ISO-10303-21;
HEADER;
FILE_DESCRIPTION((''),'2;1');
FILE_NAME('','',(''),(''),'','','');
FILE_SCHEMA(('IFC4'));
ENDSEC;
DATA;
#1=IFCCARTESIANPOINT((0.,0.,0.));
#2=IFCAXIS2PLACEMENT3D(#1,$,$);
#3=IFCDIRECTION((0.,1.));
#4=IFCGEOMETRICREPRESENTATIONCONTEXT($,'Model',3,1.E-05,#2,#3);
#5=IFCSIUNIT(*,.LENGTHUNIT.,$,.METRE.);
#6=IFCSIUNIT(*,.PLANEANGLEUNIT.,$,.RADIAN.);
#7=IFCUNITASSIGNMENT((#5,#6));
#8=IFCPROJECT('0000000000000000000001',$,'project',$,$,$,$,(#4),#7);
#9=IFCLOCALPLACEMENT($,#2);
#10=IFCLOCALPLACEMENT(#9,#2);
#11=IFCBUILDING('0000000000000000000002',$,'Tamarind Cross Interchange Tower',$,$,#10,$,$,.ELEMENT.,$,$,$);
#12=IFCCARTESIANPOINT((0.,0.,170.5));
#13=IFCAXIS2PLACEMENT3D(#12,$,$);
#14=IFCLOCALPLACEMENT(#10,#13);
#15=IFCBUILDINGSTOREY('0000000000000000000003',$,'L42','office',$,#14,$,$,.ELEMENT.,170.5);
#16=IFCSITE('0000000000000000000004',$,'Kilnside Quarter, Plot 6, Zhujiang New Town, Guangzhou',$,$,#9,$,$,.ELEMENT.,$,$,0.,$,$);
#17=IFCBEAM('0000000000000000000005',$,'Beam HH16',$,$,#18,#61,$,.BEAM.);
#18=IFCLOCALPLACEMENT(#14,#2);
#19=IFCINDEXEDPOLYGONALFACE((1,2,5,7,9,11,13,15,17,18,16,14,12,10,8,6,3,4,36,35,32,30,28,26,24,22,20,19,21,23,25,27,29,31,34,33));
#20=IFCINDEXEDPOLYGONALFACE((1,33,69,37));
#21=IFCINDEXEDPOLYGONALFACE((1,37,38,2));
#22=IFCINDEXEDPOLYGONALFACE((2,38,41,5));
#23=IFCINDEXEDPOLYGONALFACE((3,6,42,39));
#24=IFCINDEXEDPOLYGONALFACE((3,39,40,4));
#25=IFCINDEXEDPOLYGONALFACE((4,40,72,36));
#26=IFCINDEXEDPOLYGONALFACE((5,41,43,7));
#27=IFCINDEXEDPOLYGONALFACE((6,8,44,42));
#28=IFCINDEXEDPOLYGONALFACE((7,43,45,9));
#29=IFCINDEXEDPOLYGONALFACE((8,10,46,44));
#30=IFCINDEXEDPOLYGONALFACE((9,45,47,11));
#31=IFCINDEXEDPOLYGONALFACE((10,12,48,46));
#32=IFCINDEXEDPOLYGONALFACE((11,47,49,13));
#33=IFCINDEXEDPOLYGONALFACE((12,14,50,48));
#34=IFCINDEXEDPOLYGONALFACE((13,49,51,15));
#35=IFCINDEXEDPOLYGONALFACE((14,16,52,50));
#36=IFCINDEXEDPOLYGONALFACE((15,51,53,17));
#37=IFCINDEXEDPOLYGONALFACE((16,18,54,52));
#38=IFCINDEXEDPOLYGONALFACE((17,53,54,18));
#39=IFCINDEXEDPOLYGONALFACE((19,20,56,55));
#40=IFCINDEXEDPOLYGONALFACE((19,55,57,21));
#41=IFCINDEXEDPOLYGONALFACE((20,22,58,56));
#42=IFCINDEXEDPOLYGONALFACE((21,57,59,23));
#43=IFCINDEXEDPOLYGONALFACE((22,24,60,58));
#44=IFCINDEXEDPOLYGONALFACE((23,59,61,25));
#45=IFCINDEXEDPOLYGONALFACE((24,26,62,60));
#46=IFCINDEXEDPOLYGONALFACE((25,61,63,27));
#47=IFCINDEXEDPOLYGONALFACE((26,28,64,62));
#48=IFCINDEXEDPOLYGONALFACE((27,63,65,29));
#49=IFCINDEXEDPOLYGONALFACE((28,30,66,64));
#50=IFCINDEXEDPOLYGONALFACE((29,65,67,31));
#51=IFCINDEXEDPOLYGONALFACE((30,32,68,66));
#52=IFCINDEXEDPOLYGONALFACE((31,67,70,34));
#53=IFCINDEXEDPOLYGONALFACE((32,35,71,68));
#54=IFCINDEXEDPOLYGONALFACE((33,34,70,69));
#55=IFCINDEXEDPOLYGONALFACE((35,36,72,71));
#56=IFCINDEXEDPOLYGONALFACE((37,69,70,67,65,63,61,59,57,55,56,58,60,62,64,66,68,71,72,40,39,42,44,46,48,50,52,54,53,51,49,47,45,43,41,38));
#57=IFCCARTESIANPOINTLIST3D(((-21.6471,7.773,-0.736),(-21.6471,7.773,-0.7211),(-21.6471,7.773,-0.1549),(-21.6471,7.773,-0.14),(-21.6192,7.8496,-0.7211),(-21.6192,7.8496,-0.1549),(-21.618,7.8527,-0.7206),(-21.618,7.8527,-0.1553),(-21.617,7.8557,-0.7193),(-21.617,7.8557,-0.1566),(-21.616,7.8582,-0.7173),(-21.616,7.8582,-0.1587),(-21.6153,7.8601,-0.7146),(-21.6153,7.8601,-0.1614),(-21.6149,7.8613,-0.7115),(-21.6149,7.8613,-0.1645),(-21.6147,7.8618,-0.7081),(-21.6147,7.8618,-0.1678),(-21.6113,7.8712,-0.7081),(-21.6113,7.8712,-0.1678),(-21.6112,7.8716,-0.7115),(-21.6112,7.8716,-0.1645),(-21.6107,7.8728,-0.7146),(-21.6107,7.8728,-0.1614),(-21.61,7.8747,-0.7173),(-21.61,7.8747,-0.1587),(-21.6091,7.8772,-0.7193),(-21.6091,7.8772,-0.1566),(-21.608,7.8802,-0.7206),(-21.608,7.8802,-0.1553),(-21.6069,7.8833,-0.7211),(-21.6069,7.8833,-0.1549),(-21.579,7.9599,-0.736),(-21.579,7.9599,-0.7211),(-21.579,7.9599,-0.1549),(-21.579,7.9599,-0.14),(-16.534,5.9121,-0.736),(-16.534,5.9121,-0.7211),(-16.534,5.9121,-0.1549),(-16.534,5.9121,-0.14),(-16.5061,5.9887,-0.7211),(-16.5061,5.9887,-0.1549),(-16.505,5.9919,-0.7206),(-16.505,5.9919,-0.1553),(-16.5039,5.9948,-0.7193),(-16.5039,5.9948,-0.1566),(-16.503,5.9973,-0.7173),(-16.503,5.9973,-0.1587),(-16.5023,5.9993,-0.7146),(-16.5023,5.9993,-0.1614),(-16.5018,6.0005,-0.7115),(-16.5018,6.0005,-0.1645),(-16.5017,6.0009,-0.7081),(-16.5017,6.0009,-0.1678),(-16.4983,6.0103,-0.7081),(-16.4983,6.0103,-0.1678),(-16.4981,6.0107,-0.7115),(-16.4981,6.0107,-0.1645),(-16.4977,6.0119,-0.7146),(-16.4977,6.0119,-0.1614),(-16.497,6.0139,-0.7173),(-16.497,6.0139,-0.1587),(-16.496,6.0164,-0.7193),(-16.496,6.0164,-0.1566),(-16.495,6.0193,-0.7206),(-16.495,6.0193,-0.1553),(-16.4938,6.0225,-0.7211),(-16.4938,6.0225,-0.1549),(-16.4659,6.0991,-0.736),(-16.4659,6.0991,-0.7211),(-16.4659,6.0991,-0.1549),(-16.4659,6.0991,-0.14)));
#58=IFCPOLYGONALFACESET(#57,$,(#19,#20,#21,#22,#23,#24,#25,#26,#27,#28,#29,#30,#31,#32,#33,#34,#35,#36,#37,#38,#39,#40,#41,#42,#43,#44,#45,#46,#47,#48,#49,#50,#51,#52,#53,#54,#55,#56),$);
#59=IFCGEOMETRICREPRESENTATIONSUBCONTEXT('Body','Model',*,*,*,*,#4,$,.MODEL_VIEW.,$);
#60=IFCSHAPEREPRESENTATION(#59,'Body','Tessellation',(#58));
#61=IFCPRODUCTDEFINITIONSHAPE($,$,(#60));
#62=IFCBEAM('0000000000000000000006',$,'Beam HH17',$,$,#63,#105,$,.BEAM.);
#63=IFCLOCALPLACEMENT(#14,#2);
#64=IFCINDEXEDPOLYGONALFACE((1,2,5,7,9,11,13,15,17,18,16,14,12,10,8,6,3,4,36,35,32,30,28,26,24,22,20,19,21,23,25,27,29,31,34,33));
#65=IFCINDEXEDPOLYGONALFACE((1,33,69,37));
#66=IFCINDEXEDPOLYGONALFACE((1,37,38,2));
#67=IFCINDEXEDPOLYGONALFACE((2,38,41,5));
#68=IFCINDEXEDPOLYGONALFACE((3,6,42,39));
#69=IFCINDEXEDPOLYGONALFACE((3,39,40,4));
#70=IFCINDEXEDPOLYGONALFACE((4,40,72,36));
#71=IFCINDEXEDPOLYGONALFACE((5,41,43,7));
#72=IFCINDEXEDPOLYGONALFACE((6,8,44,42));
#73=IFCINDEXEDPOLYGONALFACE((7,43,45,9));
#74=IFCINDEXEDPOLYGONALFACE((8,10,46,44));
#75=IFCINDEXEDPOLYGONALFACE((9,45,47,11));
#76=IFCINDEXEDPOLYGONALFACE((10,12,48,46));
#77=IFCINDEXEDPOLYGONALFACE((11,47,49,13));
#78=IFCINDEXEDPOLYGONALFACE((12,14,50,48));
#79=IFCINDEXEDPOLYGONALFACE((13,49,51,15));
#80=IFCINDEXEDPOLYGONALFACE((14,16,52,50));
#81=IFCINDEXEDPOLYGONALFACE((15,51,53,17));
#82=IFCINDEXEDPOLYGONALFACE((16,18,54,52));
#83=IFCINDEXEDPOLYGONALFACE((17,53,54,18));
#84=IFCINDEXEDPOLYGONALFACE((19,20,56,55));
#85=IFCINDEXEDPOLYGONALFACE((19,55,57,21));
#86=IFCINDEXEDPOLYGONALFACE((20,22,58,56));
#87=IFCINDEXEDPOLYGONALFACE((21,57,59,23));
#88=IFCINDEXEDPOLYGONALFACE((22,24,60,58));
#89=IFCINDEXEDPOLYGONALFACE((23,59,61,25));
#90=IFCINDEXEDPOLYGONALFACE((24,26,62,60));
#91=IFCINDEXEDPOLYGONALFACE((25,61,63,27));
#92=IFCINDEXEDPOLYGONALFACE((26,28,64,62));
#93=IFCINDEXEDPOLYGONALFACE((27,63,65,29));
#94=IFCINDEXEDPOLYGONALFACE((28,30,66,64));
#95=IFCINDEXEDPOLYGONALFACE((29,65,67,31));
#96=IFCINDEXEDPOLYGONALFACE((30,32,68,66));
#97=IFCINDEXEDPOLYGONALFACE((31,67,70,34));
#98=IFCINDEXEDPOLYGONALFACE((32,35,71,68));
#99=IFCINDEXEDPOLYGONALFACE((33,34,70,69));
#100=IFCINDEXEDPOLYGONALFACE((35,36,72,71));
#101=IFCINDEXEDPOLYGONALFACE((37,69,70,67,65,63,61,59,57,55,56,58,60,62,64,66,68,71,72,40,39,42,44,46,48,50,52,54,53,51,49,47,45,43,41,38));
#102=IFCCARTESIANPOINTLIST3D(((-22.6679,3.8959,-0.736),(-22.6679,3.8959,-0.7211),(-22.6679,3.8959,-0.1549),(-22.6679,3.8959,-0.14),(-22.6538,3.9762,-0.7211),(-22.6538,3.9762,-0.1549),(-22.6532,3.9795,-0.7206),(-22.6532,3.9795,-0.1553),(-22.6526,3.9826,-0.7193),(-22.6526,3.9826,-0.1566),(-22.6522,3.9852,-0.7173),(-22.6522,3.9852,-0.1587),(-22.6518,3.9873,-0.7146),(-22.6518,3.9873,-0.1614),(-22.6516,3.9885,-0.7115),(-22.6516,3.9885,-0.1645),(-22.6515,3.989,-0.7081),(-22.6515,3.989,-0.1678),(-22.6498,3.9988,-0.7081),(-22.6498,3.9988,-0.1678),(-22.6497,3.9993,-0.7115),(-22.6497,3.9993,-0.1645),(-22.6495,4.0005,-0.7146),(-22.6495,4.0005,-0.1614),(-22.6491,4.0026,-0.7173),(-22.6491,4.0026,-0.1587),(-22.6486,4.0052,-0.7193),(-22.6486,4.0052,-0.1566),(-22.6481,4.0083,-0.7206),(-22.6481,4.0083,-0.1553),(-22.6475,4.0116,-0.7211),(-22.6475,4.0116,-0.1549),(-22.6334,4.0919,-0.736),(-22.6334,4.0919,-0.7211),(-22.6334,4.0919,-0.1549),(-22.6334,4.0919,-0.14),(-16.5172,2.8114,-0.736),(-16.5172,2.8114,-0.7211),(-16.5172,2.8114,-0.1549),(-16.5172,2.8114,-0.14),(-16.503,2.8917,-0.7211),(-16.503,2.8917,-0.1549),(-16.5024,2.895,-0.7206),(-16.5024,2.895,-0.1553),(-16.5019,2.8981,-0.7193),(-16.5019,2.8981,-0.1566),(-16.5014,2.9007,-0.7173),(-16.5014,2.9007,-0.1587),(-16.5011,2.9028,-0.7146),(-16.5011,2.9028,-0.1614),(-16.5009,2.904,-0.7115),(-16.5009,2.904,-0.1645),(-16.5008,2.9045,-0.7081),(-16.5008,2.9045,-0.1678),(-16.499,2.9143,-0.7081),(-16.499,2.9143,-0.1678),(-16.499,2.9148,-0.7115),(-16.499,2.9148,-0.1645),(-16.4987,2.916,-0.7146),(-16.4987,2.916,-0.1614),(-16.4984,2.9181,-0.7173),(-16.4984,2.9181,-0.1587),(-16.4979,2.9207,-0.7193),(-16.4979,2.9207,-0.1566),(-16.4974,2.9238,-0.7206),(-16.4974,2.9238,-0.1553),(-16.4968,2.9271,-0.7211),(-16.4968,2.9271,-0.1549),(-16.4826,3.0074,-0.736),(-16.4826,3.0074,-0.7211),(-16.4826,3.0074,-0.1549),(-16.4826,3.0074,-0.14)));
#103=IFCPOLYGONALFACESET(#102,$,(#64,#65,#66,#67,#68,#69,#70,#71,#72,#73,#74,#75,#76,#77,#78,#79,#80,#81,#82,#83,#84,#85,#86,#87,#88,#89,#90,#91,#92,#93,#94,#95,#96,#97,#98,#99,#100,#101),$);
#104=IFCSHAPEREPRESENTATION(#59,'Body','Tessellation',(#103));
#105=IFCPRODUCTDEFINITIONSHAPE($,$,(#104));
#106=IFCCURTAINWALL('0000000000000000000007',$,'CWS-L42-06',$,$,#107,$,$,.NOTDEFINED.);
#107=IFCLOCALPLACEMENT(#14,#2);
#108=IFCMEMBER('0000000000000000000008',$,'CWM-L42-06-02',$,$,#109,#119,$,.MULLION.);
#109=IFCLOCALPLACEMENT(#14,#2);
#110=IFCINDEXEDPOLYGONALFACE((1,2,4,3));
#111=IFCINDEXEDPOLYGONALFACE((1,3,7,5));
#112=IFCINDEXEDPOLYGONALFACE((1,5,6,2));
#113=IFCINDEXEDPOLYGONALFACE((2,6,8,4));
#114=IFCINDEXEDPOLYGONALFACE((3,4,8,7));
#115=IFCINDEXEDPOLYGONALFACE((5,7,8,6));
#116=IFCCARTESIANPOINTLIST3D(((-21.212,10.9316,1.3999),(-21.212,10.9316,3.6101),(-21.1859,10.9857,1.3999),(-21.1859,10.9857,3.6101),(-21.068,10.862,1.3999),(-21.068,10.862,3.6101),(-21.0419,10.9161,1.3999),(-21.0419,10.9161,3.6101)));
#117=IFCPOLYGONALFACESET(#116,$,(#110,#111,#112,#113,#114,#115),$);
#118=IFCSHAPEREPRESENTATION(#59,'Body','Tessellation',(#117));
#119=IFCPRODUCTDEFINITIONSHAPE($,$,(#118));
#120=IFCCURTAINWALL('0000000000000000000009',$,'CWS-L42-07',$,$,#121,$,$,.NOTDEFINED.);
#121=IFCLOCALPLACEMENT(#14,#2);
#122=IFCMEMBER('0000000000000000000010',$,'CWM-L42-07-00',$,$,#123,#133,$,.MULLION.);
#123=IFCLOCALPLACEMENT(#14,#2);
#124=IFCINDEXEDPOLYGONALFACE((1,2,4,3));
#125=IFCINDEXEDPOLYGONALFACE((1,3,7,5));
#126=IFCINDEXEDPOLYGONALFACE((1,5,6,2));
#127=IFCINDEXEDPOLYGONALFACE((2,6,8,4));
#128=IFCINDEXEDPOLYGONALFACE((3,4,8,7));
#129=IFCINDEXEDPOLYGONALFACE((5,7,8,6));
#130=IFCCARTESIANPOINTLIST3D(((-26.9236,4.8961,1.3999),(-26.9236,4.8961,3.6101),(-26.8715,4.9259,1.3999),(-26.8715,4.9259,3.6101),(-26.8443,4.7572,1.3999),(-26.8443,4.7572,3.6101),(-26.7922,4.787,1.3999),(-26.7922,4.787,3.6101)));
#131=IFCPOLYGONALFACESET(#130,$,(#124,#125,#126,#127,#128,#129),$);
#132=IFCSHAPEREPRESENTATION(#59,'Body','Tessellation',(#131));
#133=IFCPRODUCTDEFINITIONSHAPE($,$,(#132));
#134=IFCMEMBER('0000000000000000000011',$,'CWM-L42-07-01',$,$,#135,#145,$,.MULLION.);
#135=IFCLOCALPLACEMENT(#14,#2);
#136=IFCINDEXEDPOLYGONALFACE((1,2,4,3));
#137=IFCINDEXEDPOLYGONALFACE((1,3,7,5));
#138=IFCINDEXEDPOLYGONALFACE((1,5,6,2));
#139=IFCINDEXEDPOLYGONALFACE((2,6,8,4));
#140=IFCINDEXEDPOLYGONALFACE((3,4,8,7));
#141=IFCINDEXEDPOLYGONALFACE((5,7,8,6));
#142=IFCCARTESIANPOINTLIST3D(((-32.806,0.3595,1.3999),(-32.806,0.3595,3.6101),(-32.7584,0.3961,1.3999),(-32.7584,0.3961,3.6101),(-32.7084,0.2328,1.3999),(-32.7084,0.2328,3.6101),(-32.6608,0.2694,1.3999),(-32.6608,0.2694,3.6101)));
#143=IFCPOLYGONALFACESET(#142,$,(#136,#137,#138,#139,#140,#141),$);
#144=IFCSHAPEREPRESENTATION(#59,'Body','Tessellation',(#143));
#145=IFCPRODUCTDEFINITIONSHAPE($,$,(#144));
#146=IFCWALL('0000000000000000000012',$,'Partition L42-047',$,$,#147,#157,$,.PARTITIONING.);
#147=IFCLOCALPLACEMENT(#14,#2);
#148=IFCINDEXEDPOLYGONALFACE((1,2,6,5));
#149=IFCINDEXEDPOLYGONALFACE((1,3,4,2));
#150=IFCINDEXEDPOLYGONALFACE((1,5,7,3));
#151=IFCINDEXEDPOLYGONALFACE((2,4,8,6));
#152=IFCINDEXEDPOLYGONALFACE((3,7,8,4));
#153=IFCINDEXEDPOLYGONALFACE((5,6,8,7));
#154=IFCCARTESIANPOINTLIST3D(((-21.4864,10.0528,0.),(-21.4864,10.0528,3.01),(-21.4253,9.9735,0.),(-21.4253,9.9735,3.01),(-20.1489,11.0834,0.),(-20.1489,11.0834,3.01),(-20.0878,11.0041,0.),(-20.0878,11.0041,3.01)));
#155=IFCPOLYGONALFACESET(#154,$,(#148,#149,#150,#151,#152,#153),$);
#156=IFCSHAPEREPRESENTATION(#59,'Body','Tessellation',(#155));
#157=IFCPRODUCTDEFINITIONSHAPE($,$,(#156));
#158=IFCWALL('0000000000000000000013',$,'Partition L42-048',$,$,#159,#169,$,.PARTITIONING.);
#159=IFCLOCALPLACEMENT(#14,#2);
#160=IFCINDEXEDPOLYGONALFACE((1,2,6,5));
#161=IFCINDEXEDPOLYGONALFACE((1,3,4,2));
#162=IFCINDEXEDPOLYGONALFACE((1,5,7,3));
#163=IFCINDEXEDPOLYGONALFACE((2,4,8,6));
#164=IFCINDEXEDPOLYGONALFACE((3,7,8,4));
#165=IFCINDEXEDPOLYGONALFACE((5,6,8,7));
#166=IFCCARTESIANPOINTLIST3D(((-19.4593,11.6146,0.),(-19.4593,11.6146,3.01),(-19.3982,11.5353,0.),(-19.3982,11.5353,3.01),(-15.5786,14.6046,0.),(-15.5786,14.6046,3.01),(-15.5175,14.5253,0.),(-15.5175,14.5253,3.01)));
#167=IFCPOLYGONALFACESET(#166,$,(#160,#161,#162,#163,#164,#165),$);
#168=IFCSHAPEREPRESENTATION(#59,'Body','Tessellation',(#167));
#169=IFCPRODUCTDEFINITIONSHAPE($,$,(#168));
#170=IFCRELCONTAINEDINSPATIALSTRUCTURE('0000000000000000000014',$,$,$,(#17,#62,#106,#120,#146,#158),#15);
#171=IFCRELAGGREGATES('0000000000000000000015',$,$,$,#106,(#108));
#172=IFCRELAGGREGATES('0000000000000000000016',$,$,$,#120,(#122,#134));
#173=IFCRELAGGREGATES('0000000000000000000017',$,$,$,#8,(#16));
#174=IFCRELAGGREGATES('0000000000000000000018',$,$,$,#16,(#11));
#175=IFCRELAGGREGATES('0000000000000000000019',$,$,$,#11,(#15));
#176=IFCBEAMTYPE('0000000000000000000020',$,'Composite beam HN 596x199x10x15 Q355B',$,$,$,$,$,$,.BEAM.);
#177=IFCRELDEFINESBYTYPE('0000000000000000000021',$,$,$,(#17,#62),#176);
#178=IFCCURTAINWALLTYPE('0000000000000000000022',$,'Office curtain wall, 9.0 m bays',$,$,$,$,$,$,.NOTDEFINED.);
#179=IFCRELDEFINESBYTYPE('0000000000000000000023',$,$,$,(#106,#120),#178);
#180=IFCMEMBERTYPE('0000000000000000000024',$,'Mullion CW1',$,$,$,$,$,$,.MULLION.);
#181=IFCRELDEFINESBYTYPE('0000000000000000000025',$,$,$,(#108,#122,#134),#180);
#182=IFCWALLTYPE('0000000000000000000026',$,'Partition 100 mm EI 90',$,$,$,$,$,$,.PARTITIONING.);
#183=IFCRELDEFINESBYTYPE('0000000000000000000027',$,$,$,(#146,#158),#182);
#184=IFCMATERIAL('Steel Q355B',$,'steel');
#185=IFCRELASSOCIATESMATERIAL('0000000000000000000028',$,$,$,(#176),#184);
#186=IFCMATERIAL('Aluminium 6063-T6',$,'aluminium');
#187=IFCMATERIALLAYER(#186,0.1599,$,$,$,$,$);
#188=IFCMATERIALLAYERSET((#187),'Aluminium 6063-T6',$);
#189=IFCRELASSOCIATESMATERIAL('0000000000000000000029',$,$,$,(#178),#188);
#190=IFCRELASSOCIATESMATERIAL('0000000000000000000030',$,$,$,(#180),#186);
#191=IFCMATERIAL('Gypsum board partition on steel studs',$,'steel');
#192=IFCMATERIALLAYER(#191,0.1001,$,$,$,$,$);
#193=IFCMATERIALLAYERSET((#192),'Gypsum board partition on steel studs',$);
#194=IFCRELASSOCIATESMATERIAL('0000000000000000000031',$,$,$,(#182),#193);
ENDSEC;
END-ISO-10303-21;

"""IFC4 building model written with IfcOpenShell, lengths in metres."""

from ifc_helpers import new_model, si_unit, direction, frame, frame_2d, origin, origin_2d, place, context, subcontext, project, spatial, rectangle, i_section, extrude, material, layer, layer_set, material_profile, profile_set, type_object, element, aggregate, save


model = new_model("IFC4")

# Units and contexts
model_context = context("Model", 3, precision=1e-05, world=origin(), true_north=direction((0.0, 1.0)))
body_context = subcontext(model_context, "Body", "Model", "MODEL_VIEW")
ifc_project = project(units=[si_unit("LENGTHUNIT", "METRE"), si_unit("PLANEANGLEUNIT", "RADIAN")], contexts=[model_context])

# Site, building, storey
site_placement = place(None, origin())
site = spatial("IfcSite", under=ifc_project, at=site_placement, Name="Kilnside Quarter, Plot 6, Zhujiang New Town, Guangzhou", CompositionType="ELEMENT", RefElevation=0.0)
building_placement = place(site_placement, origin())
building = spatial("IfcBuilding", under=site, at=building_placement, Name="Tamarind Cross Interchange Tower", CompositionType="ELEMENT")
storey_placement = place(building_placement, frame((0.0, 0.0, 170.5)))
storey = spatial("IfcBuildingStorey", under=building, at=storey_placement, Name="L42", Description="office", CompositionType="ELEMENT", Elevation=170.5)

# Beams
ifc_material_1 = material(Name="Steel Q355B", Category="steel")
ifc_material_profile_1 = material_profile(ifc_material_1, i_section(OverallWidth=0.199, OverallDepth=0.5959, WebThickness=0.01, FlangeThickness=0.0149, FilletRadius=0.0129, at=origin_2d()), Name="HN 596x199x10x15")
ifc_profile_set_1 = profile_set([ifc_material_profile_1], Name="Steel Q355B")
beam_type = type_object("IfcBeamType", Name="Composite beam HN 596x199x10x15 Q355B", PredefinedType="BEAM", material=ifc_profile_set_1)
beam_1_placement = place(storey_placement, frame((-21.613, 7.8665, -0.438), z_axis=(0.939702, -0.341995, 0.0), x_axis=(0.341995, 0.939702, 0.0)))
element("IfcBeam", 1, at=beam_1_placement, inside=storey, type_object=beam_type, Name="Beam HH16", PredefinedType="BEAM", context=body_context, shape_type="SweptSolid", body=[
    extrude(i_section(OverallWidth=0.199, OverallDepth=0.5959, WebThickness=0.01, FlangeThickness=0.0149, FilletRadius=0.0129, at=origin_2d()), origin(), (0.0, 0.0, 1.0), 5.4412),
])
beam_2_placement = place(storey_placement, frame((-22.6506, 3.9939, -0.438), z_axis=(0.984809, -0.17364, 0.0), x_axis=(0.17364, 0.984809, 0.0)))
element("IfcBeam", 2, at=beam_2_placement, inside=storey, type_object=beam_type, Name="Beam HH17", PredefinedType="BEAM", context=body_context, shape_type="SweptSolid", body=[
    extrude(i_section(OverallWidth=0.199, OverallDepth=0.5959, WebThickness=0.01, FlangeThickness=0.0149, FilletRadius=0.0129, at=origin_2d()), origin(), (0.0, 0.0, 1.0), 6.2456),
])

# Curtain wall, member
ifc_material_2 = material(Name="Aluminium 6063-T6", Category="aluminium")
ifc_layer_1 = layer(ifc_material_2, 0.1599)
ifc_layer_set_1 = layer_set([ifc_layer_1], Name="Aluminium 6063-T6")
curtain_wall_type = type_object("IfcCurtainWallType", Name="Office curtain wall, 9.0 m bays", PredefinedType="NOTDEFINED", material=ifc_layer_set_1)
curtain_wall_1_placement = place(storey_placement, origin())
curtain_wall_1 = element("IfcCurtainWall", 3, at=curtain_wall_1_placement, inside=storey, type_object=curtain_wall_type, Name="CWS-L42-06", PredefinedType="NOTDEFINED")
ifc_material_profile_2 = material_profile(ifc_material_2, rectangle(XDim=0.0601, YDim=0.1599, at=origin_2d()), Name="Mullion CW1")
ifc_profile_set_2 = profile_set([ifc_material_profile_2], Name="Aluminium 6063-T6")
member_type = type_object("IfcMemberType", Name="Mullion CW1", PredefinedType="MULLION", material=ifc_profile_set_2)
member_1_placement = place(storey_placement, frame((-21.127, 10.9238, 1.3999), z_axis=(0.0, 0.0, 1.0), x_axis=(-0.435326, -0.900273, 0.0)))
member_1 = element("IfcMember", 4, at=member_1_placement, type_object=member_type, Name="CWM-L42-06-02", PredefinedType="MULLION", context=body_context, shape_type="SweptSolid", body=[
    extrude(rectangle(XDim=0.0601, YDim=0.1599, at=origin_2d()), origin(), (0.0, 0.0, 1.0), 2.2102),
])
aggregate(curtain_wall_1, [member_1])

# Curtain wall, members
curtain_wall_2_placement = place(storey_placement, origin())
curtain_wall_2 = element("IfcCurtainWall", 5, at=curtain_wall_2_placement, inside=storey, type_object=curtain_wall_type, Name="CWS-L42-07", PredefinedType="NOTDEFINED")
member_2_placement = place(storey_placement, frame((-26.8579, 4.8416, 1.3999), z_axis=(0.0, 0.0, 1.0), x_axis=(-0.868374, -0.495911, 0.0)))
member_2 = element("IfcMember", 6, at=member_2_placement, type_object=member_type, Name="CWM-L42-07-00", PredefinedType="MULLION", context=body_context, shape_type="SweptSolid", body=[
    extrude(rectangle(XDim=0.0601, YDim=0.1599, at=origin_2d()), origin(), (0.0, 0.0, 1.0), 2.2102),
])
member_3_placement = place(storey_placement, frame((-32.7334, 0.3145, 1.3999), z_axis=(0.0, 0.0, 1.0), x_axis=(-0.792153, -0.610322, 0.0)))
member_3 = element("IfcMember", 7, at=member_3_placement, type_object=member_type, Name="CWM-L42-07-01", PredefinedType="MULLION", context=body_context, shape_type="SweptSolid", body=[
    extrude(rectangle(XDim=0.0601, YDim=0.1599, at=origin_2d()), origin(), (0.0, 0.0, 1.0), 2.2102),
])
aggregate(curtain_wall_2, [member_2, member_3])

# Walls
ifc_material_3 = material(Name="Gypsum board partition on steel studs", Category="steel")
ifc_layer_2 = layer(ifc_material_3, 0.1001)
ifc_layer_set_2 = layer_set([ifc_layer_2], Name="Gypsum board partition on steel studs")
wall_type_1 = type_object("IfcWallType", Name="Partition 100 mm EI 90", PredefinedType="PARTITIONING", material=ifc_layer_set_2)
wall_1_placement = place(storey_placement, frame((-21.4558, 10.0132, 0.0), z_axis=(0.0, 0.0, 1.0), x_axis=(0.792124, 0.61036, 0.0)))
element("IfcWall", 8, at=wall_1_placement, inside=storey, type_object=wall_type_1, Name="Partition L42-047", PredefinedType="PARTITIONING", context=body_context, shape_type="SweptSolid", body=[
    extrude(rectangle(XDim=1.6885, YDim=0.1001, at=frame_2d((0.8442, 0.0))), origin(), (0.0, 0.0, 1.0), 3.01),
])
wall_2_placement = place(storey_placement, frame((-19.4287, 11.575, 0.0), z_axis=(0.0, 0.0, 1.0), x_axis=(0.79214, 0.610339, 0.0)))
element("IfcWall", 9, at=wall_2_placement, inside=storey, type_object=wall_type_1, Name="Partition L42-048", PredefinedType="PARTITIONING", context=body_context, shape_type="SweptSolid", body=[
    extrude(rectangle(XDim=4.8989, YDim=0.1001, at=frame_2d((2.4495, 0.0))), origin(), (0.0, 0.0, 1.0), 3.01),
])

save(model, "model.ifc")
